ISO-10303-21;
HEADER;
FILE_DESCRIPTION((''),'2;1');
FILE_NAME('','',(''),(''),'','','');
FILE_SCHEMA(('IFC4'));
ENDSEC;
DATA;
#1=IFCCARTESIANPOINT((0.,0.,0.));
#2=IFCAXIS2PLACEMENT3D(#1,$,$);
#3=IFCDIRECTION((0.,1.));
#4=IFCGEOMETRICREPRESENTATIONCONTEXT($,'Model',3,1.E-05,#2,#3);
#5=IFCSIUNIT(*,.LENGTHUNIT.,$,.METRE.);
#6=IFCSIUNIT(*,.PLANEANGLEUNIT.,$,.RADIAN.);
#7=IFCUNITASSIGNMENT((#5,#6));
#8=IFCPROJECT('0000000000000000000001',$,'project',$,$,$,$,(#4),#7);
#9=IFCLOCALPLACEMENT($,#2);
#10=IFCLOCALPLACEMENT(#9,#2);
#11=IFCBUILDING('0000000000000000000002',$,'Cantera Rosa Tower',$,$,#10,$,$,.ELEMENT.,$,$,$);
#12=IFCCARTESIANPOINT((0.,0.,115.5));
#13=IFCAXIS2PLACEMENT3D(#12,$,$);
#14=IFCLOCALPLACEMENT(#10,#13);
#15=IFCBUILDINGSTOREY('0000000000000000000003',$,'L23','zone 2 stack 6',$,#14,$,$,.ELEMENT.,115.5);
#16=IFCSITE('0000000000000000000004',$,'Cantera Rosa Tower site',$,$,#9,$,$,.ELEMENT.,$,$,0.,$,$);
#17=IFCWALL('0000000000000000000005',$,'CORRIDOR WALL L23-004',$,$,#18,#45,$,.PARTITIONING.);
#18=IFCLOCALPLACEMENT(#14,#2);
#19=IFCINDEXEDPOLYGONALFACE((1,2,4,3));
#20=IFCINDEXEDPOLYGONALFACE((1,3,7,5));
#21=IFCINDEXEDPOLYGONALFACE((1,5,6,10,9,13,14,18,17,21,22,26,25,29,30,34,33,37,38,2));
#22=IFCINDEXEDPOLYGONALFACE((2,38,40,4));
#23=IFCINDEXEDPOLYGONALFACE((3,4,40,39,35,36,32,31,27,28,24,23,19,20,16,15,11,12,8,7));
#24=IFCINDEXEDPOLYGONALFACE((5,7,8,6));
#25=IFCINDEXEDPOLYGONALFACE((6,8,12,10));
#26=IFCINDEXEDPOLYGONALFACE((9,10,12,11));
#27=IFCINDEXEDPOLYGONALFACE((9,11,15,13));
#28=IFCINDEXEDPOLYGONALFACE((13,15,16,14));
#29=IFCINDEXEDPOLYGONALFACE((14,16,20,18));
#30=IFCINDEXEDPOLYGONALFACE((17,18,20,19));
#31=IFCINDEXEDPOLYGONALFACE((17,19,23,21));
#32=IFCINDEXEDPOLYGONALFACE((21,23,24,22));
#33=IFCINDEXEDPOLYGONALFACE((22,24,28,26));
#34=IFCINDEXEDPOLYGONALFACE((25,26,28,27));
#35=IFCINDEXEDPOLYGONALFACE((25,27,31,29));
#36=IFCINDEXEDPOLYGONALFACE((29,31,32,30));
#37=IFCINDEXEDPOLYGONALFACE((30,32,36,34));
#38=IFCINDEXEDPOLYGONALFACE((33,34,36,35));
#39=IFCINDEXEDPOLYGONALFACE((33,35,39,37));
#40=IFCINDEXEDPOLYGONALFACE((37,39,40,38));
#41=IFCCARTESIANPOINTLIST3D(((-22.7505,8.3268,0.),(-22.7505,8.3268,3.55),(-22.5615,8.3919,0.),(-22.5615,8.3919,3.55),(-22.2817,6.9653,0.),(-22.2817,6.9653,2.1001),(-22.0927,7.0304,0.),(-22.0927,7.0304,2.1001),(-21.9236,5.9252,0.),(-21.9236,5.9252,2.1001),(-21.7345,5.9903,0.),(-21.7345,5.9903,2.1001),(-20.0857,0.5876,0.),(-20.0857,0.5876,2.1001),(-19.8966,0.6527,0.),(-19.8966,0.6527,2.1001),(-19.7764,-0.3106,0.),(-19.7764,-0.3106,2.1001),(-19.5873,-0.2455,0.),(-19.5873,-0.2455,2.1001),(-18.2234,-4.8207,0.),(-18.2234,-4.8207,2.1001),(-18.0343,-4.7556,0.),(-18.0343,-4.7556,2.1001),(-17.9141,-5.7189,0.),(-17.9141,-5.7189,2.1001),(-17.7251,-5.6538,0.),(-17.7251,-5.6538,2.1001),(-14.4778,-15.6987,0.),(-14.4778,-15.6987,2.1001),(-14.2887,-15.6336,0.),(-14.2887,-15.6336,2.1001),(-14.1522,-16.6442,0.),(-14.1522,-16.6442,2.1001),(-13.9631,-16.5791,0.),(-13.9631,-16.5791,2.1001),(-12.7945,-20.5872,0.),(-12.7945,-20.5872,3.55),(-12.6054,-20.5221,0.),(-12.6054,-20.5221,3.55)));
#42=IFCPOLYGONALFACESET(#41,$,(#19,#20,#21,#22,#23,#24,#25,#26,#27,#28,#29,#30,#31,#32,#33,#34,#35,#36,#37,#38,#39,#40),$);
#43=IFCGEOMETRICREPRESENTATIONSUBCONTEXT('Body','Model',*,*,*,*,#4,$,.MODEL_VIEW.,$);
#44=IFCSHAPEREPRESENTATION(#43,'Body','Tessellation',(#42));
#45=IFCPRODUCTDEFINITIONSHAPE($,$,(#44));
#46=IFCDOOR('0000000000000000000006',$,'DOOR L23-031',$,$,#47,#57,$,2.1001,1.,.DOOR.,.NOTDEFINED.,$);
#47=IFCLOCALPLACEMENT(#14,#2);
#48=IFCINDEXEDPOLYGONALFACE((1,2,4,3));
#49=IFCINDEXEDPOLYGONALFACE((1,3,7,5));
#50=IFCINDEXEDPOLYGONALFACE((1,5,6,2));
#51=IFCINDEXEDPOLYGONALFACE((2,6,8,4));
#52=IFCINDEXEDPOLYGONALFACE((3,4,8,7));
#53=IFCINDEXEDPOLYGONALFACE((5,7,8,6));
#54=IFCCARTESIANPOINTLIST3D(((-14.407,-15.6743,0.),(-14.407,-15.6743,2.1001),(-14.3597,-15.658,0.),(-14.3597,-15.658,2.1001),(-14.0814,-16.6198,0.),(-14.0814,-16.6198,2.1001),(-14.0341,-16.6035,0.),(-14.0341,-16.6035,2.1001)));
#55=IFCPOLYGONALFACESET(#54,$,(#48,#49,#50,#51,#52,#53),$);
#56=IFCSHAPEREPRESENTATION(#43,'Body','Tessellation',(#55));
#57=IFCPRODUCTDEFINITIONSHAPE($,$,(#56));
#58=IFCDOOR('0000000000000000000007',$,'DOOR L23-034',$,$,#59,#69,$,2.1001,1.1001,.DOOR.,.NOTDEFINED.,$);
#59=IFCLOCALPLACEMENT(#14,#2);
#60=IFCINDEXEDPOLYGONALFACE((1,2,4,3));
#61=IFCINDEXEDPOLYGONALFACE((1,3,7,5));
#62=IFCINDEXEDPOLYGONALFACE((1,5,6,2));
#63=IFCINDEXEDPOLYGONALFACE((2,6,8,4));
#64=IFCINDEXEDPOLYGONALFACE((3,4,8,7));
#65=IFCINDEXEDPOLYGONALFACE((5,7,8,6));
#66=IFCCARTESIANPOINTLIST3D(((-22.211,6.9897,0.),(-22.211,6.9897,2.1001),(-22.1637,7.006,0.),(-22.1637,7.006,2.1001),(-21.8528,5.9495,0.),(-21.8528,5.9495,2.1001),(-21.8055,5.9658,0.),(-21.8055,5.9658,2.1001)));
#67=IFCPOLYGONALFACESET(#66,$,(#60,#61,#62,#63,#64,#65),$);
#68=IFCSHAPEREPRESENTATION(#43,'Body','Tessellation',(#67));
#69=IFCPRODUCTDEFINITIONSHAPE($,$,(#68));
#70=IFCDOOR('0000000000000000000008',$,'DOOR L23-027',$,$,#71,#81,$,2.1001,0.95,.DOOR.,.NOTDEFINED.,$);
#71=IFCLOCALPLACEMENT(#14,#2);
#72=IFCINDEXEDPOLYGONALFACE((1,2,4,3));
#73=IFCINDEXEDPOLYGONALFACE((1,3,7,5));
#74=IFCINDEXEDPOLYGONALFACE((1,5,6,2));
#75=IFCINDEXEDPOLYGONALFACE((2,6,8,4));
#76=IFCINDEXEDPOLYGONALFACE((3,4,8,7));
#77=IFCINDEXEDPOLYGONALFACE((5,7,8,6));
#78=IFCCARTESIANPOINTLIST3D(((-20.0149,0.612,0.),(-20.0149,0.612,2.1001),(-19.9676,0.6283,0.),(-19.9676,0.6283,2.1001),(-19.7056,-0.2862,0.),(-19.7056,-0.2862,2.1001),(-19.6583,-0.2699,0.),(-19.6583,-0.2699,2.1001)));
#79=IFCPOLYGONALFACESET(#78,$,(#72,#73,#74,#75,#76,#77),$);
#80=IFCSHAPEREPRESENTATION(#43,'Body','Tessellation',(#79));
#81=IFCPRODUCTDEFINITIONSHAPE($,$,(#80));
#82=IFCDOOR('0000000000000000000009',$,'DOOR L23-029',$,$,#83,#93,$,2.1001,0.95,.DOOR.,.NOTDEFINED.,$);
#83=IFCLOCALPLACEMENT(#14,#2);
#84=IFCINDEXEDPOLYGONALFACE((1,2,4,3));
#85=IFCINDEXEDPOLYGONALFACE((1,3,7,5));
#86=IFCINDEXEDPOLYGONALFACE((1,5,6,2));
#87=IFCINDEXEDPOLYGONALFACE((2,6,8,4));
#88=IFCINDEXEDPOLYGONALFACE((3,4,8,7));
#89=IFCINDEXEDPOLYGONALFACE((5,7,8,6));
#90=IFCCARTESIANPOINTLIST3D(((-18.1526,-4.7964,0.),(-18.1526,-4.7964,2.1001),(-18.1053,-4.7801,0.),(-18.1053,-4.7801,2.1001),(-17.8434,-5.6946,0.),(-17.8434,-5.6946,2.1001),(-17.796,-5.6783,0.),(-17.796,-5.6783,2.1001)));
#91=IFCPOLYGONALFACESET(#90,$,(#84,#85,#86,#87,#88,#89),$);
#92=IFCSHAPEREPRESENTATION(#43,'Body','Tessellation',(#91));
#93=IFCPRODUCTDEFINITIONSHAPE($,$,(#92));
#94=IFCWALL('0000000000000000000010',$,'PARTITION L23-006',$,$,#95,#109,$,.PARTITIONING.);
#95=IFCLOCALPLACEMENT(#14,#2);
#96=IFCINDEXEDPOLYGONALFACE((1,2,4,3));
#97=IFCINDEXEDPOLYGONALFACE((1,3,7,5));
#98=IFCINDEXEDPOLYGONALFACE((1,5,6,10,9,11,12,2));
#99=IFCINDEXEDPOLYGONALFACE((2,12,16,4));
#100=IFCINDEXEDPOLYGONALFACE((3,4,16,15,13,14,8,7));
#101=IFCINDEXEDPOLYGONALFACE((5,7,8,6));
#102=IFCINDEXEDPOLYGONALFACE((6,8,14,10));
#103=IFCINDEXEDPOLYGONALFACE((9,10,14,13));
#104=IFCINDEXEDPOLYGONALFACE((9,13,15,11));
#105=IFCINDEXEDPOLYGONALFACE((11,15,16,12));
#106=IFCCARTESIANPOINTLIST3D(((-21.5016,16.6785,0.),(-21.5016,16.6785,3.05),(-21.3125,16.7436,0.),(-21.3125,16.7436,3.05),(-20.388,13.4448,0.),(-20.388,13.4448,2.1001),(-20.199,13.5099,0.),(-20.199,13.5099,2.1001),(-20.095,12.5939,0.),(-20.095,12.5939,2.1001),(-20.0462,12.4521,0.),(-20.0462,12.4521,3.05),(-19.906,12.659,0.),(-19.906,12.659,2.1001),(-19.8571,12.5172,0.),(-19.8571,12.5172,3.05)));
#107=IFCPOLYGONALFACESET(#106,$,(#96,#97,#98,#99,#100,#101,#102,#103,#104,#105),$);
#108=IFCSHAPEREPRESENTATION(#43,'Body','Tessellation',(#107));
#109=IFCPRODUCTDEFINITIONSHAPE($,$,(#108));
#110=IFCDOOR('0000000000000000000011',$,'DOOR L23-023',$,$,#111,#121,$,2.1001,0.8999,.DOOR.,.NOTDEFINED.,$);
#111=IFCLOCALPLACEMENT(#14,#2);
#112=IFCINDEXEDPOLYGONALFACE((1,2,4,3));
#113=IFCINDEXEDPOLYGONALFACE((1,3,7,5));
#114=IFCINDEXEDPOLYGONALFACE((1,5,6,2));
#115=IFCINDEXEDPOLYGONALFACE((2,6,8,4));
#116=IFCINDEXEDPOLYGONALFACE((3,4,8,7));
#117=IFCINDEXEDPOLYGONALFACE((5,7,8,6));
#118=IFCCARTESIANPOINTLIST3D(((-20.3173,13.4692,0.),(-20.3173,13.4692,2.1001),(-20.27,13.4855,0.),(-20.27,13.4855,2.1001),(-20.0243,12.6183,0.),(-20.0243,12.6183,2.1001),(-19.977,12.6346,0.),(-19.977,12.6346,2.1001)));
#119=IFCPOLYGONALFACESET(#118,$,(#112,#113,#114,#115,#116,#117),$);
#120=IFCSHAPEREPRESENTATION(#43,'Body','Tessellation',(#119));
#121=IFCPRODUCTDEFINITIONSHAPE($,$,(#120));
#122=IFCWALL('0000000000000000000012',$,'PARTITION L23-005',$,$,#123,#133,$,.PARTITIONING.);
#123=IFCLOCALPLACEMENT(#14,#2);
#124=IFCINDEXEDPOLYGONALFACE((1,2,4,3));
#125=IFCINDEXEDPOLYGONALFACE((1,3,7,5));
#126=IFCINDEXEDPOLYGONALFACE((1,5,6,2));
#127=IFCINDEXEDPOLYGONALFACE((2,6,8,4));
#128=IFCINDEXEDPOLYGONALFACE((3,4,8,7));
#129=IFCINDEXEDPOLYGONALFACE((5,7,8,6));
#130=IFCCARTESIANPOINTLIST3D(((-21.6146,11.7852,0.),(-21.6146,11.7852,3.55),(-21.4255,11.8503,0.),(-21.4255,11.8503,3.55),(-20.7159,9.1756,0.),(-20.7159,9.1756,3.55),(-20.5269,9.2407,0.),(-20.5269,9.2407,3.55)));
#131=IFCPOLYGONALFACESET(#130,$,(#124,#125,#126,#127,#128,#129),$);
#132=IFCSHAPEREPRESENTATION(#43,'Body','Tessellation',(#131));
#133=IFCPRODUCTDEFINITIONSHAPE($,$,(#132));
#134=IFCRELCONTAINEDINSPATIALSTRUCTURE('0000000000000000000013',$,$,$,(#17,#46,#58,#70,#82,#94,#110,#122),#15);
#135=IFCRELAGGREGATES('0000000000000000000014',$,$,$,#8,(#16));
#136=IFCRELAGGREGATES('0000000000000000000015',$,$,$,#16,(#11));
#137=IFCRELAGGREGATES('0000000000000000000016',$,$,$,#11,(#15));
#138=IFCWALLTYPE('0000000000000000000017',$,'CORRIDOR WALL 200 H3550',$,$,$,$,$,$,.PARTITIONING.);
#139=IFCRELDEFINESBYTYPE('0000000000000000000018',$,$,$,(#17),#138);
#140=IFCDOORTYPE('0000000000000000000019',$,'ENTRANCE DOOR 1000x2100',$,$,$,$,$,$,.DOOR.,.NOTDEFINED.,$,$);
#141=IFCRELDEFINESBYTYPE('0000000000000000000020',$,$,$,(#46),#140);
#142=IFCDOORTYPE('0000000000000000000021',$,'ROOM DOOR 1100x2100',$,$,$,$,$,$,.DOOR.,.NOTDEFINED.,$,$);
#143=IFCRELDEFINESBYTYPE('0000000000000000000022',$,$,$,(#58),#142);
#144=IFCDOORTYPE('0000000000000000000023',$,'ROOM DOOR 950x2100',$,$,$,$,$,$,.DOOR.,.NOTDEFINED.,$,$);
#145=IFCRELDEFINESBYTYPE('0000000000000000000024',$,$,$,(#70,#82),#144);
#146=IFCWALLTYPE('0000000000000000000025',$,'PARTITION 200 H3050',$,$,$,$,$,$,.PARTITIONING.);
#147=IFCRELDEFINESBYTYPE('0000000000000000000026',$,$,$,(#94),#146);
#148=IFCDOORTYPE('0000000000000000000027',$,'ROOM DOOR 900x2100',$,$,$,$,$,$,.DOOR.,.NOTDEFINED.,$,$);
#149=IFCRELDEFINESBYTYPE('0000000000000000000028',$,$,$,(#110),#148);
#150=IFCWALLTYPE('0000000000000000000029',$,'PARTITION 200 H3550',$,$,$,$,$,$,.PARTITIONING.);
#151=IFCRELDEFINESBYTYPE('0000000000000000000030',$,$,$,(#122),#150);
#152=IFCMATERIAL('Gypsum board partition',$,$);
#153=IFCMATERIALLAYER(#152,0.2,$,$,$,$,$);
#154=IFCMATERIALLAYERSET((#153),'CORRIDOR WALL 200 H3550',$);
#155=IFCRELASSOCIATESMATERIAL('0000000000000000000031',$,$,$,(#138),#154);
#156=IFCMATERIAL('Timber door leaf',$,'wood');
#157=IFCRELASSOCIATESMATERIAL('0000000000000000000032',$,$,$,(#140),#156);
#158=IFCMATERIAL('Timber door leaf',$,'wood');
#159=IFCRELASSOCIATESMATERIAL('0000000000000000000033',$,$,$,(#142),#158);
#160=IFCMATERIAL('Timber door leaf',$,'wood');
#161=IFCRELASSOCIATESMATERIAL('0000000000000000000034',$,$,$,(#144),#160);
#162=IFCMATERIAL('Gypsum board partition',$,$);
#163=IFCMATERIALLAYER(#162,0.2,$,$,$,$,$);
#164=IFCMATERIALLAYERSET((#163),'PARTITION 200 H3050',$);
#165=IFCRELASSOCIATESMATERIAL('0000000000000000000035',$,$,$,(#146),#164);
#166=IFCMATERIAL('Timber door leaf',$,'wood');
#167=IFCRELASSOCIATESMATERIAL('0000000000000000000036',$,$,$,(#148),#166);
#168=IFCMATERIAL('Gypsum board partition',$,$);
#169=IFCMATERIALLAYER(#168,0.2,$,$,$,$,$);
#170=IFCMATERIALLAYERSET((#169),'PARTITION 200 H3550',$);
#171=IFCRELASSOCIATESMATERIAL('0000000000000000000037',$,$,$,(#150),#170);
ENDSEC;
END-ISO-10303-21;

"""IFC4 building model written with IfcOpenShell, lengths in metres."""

from ifc_helpers import new_model, si_unit, direction, frame, frame_2d, origin, place, context, subcontext, project, spatial, rectangle, extrude, material, layer, layer_set, type_object, element, fill, save


model = new_model("IFC4")

# Units and contexts
model_context = context("Model", 3, precision=1e-05, world=origin(), true_north=direction((0.0, 1.0)))
body_context = subcontext(model_context, "Body", "Model", "MODEL_VIEW")
ifc_project = project(units=[si_unit("LENGTHUNIT", "METRE"), si_unit("PLANEANGLEUNIT", "RADIAN")], contexts=[model_context])

# Site, building, storey
site_placement = place(None, origin())
site = spatial("IfcSite", under=ifc_project, at=site_placement, Name="Cantera Rosa Tower site", CompositionType="ELEMENT", RefElevation=0.0)
building_placement = place(site_placement, origin())
building = spatial("IfcBuilding", under=site, at=building_placement, Name="Cantera Rosa Tower", CompositionType="ELEMENT")
storey_placement = place(building_placement, frame((0.0, 0.0, 115.5)))
storey = spatial("IfcBuildingStorey", under=building, at=storey_placement, Name="L23", Description="zone 2 stack 6", CompositionType="ELEMENT", Elevation=115.5)

# Wall, openings, doors
ifc_material_1 = material(Name="Gypsum board partition")
ifc_layer_1 = layer(ifc_material_1, 0.2)
ifc_layer_set_1 = layer_set([ifc_layer_1], Name="CORRIDOR WALL 200 H3550")
wall_type_1 = type_object("IfcWallType", Name="CORRIDOR WALL 200 H3550", PredefinedType="PARTITIONING", material=ifc_layer_set_1)
wall_1_placement = place(storey_placement, frame((-22.656, 8.3594, 0.0), z_axis=(0.0, 0.0, 1.0), x_axis=(0.325572, -0.945517, 0.0)))
wall_1 = element("IfcWall", 1, at=wall_1_placement, inside=storey, type_object=wall_type_1, Name="CORRIDOR WALL L23-004", PredefinedType="PARTITIONING", context=body_context, shape_type="SweptSolid", body=[
    extrude(rectangle(XDim=30.5801, YDim=0.2, at=frame_2d((15.29, 0.0))), origin(), (0.0, 0.0, 1.0), 3.55),
])
opening_1_placement = place(wall_1_placement, frame((8.1851, 0.0, 0.0)))
opening_1 = element("IfcOpeningElement", 2, at=opening_1_placement, cuts=wall_1, PredefinedType="OPENING", context=body_context, shape_type="SweptSolid", body=[
    extrude(rectangle(XDim=0.95, YDim=2.1001, at=frame_2d((0.4751, 1.05))), frame((0.0, 0.1099, 0.0), z_axis=(0.0, -1.0, 0.0), x_axis=(1.0, 0.0, 0.0)), (0.0, 0.0, 1.0), 0.22),
])
opening_2_placement = place(wall_1_placement, frame((13.905, 0.0, 0.0)))
opening_2 = element("IfcOpeningElement", 3, at=opening_2_placement, cuts=wall_1, PredefinedType="OPENING", context=body_context, shape_type="SweptSolid", body=[
    extrude(rectangle(XDim=0.95, YDim=2.1001, at=frame_2d((0.4751, 1.05))), frame((0.0, 0.1099, 0.0), z_axis=(0.0, -1.0, 0.0), x_axis=(1.0, 0.0, 0.0)), (0.0, 0.0, 1.0), 0.22),
])
opening_3_placement = place(wall_1_placement, frame((25.4099, 0.0, 0.0)))
opening_3 = element("IfcOpeningElement", 4, at=opening_3_placement, cuts=wall_1, PredefinedType="OPENING", context=body_context, shape_type="SweptSolid", body=[
    extrude(rectangle(XDim=1.0, YDim=2.1001, at=frame_2d((0.5, 1.05))), frame((0.0, 0.1099, 0.0), z_axis=(0.0, -1.0, 0.0), x_axis=(1.0, 0.0, 0.0)), (0.0, 0.0, 1.0), 0.22),
])
opening_4_placement = place(wall_1_placement, frame((1.4399, 0.0, 0.0)))
opening_4 = element("IfcOpeningElement", 5, at=opening_4_placement, cuts=wall_1, PredefinedType="OPENING", context=body_context, shape_type="SweptSolid", body=[
    extrude(rectangle(XDim=1.1001, YDim=2.1001, at=frame_2d((0.55, 1.05))), frame((0.0, 0.1099, 0.0), z_axis=(0.0, -1.0, 0.0), x_axis=(1.0, 0.0, 0.0)), (0.0, 0.0, 1.0), 0.22),
])
ifc_material_2 = material(Name="Timber door leaf", Category="wood")
door_type_1 = type_object("IfcDoorType", Name="ENTRANCE DOOR 1000x2100", OperationType="NOTDEFINED", PredefinedType="DOOR", material=ifc_material_2)
door_1_placement = place(opening_3_placement, origin())
door_1 = element("IfcDoor", 6, at=door_1_placement, inside=storey, type_object=door_type_1, Name="DOOR L23-031", OperationType="NOTDEFINED", OverallHeight=2.1001, OverallWidth=1.0, PredefinedType="DOOR", context=body_context, shape_type="SweptSolid", body=[
    extrude(rectangle(XDim=1.0, YDim=2.1001, at=frame_2d((0.5, 1.05))), frame((0.0, 0.0249, 0.0), z_axis=(0.0, -1.0, 0.0), x_axis=(1.0, 0.0, 0.0)), (0.0, 0.0, 1.0), 0.05),
])
fill(opening_3, door_1)
ifc_material_3 = material(Name="Timber door leaf", Category="wood")
door_type_2 = type_object("IfcDoorType", Name="ROOM DOOR 1100x2100", OperationType="NOTDEFINED", PredefinedType="DOOR", material=ifc_material_3)
door_2_placement = place(opening_4_placement, origin())
door_2 = element("IfcDoor", 7, at=door_2_placement, inside=storey, type_object=door_type_2, Name="DOOR L23-034", OperationType="NOTDEFINED", OverallHeight=2.1001, OverallWidth=1.1001, PredefinedType="DOOR", context=body_context, shape_type="SweptSolid", body=[
    extrude(rectangle(XDim=1.1001, YDim=2.1001, at=frame_2d((0.55, 1.05))), frame((0.0, 0.0249, 0.0), z_axis=(0.0, -1.0, 0.0), x_axis=(1.0, 0.0, 0.0)), (0.0, 0.0, 1.0), 0.05),
])
fill(opening_4, door_2)
ifc_material_4 = material(Name="Timber door leaf", Category="wood")
door_type_3 = type_object("IfcDoorType", Name="ROOM DOOR 950x2100", OperationType="NOTDEFINED", PredefinedType="DOOR", material=ifc_material_4)
door_3_placement = place(opening_1_placement, origin())
door_3 = element("IfcDoor", 8, at=door_3_placement, inside=storey, type_object=door_type_3, Name="DOOR L23-027", OperationType="NOTDEFINED", OverallHeight=2.1001, OverallWidth=0.95, PredefinedType="DOOR", context=body_context, shape_type="SweptSolid", body=[
    extrude(rectangle(XDim=0.95, YDim=2.1001, at=frame_2d((0.4751, 1.05))), frame((0.0, 0.0249, 0.0), z_axis=(0.0, -1.0, 0.0), x_axis=(1.0, 0.0, 0.0)), (0.0, 0.0, 1.0), 0.05),
])
fill(opening_1, door_3)
door_4_placement = place(opening_2_placement, origin())
door_4 = element("IfcDoor", 9, at=door_4_placement, inside=storey, type_object=door_type_3, Name="DOOR L23-029", OperationType="NOTDEFINED", OverallHeight=2.1001, OverallWidth=0.95, PredefinedType="DOOR", context=body_context, shape_type="SweptSolid", body=[
    extrude(rectangle(XDim=0.95, YDim=2.1001, at=frame_2d((0.4751, 1.05))), frame((0.0, 0.0249, 0.0), z_axis=(0.0, -1.0, 0.0), x_axis=(1.0, 0.0, 0.0)), (0.0, 0.0, 1.0), 0.05),
])
fill(opening_2, door_4)

# Wall, opening, door
ifc_material_5 = material(Name="Gypsum board partition")
ifc_layer_2 = layer(ifc_material_5, 0.2)
ifc_layer_set_2 = layer_set([ifc_layer_2], Name="PARTITION 200 H3050")
wall_type_2 = type_object("IfcWallType", Name="PARTITION 200 H3050", PredefinedType="PARTITIONING", material=ifc_layer_set_2)
wall_2_placement = place(storey_placement, frame((-21.407, 16.7109, 0.0), z_axis=(0.0, 0.0, 1.0), x_axis=(0.325585, -0.945513, 0.0)))
wall_2 = element("IfcWall", 10, at=wall_2_placement, inside=storey, type_object=wall_type_2, Name="PARTITION L23-006", PredefinedType="PARTITIONING", context=body_context, shape_type="SweptSolid", body=[
    extrude(rectangle(XDim=4.47, YDim=0.2, at=frame_2d((2.2349, 0.0))), origin(), (0.0, 0.0, 1.0), 3.05),
])
opening_5_placement = place(wall_2_placement, frame((3.4199, 0.0, 0.0)))
opening_5 = element("IfcOpeningElement", 11, at=opening_5_placement, cuts=wall_2, PredefinedType="OPENING", context=body_context, shape_type="SweptSolid", body=[
    extrude(rectangle(XDim=0.8999, YDim=2.1001, at=frame_2d((0.45, 1.05))), frame((0.0, 0.1099, 0.0), z_axis=(0.0, -1.0, 0.0), x_axis=(1.0, 0.0, 0.0)), (0.0, 0.0, 1.0), 0.22),
])
ifc_material_6 = material(Name="Timber door leaf", Category="wood")
door_type_4 = type_object("IfcDoorType", Name="ROOM DOOR 900x2100", OperationType="NOTDEFINED", PredefinedType="DOOR", material=ifc_material_6)
door_5_placement = place(opening_5_placement, origin())
door_5 = element("IfcDoor", 12, at=door_5_placement, inside=storey, type_object=door_type_4, Name="DOOR L23-023", OperationType="NOTDEFINED", OverallHeight=2.1001, OverallWidth=0.8999, PredefinedType="DOOR", context=body_context, shape_type="SweptSolid", body=[
    extrude(rectangle(XDim=0.8999, YDim=2.1001, at=frame_2d((0.45, 1.05))), frame((0.0, 0.0249, 0.0), z_axis=(0.0, -1.0, 0.0), x_axis=(1.0, 0.0, 0.0)), (0.0, 0.0, 1.0), 0.05),
])
fill(opening_5, door_5)

# Wall
ifc_material_7 = material(Name="Gypsum board partition")
ifc_layer_3 = layer(ifc_material_7, 0.2)
ifc_layer_set_3 = layer_set([ifc_layer_3], Name="PARTITION 200 H3550")
wall_type_3 = type_object("IfcWallType", Name="PARTITION 200 H3550", PredefinedType="PARTITIONING", material=ifc_layer_set_3)
wall_3_placement = place(storey_placement, frame((-21.52, 11.8176, 0.0), z_axis=(0.0, 0.0, 1.0), x_axis=(0.325606, -0.945505, 0.0)))
element("IfcWall", 13, at=wall_3_placement, inside=storey, type_object=wall_type_3, Name="PARTITION L23-005", PredefinedType="PARTITIONING", context=body_context, shape_type="SweptSolid", body=[
    extrude(rectangle(XDim=2.76, YDim=0.2, at=frame_2d((1.3799, 0.0))), origin(), (0.0, 0.0, 1.0), 3.55),
])

save(model, "model.ifc")
